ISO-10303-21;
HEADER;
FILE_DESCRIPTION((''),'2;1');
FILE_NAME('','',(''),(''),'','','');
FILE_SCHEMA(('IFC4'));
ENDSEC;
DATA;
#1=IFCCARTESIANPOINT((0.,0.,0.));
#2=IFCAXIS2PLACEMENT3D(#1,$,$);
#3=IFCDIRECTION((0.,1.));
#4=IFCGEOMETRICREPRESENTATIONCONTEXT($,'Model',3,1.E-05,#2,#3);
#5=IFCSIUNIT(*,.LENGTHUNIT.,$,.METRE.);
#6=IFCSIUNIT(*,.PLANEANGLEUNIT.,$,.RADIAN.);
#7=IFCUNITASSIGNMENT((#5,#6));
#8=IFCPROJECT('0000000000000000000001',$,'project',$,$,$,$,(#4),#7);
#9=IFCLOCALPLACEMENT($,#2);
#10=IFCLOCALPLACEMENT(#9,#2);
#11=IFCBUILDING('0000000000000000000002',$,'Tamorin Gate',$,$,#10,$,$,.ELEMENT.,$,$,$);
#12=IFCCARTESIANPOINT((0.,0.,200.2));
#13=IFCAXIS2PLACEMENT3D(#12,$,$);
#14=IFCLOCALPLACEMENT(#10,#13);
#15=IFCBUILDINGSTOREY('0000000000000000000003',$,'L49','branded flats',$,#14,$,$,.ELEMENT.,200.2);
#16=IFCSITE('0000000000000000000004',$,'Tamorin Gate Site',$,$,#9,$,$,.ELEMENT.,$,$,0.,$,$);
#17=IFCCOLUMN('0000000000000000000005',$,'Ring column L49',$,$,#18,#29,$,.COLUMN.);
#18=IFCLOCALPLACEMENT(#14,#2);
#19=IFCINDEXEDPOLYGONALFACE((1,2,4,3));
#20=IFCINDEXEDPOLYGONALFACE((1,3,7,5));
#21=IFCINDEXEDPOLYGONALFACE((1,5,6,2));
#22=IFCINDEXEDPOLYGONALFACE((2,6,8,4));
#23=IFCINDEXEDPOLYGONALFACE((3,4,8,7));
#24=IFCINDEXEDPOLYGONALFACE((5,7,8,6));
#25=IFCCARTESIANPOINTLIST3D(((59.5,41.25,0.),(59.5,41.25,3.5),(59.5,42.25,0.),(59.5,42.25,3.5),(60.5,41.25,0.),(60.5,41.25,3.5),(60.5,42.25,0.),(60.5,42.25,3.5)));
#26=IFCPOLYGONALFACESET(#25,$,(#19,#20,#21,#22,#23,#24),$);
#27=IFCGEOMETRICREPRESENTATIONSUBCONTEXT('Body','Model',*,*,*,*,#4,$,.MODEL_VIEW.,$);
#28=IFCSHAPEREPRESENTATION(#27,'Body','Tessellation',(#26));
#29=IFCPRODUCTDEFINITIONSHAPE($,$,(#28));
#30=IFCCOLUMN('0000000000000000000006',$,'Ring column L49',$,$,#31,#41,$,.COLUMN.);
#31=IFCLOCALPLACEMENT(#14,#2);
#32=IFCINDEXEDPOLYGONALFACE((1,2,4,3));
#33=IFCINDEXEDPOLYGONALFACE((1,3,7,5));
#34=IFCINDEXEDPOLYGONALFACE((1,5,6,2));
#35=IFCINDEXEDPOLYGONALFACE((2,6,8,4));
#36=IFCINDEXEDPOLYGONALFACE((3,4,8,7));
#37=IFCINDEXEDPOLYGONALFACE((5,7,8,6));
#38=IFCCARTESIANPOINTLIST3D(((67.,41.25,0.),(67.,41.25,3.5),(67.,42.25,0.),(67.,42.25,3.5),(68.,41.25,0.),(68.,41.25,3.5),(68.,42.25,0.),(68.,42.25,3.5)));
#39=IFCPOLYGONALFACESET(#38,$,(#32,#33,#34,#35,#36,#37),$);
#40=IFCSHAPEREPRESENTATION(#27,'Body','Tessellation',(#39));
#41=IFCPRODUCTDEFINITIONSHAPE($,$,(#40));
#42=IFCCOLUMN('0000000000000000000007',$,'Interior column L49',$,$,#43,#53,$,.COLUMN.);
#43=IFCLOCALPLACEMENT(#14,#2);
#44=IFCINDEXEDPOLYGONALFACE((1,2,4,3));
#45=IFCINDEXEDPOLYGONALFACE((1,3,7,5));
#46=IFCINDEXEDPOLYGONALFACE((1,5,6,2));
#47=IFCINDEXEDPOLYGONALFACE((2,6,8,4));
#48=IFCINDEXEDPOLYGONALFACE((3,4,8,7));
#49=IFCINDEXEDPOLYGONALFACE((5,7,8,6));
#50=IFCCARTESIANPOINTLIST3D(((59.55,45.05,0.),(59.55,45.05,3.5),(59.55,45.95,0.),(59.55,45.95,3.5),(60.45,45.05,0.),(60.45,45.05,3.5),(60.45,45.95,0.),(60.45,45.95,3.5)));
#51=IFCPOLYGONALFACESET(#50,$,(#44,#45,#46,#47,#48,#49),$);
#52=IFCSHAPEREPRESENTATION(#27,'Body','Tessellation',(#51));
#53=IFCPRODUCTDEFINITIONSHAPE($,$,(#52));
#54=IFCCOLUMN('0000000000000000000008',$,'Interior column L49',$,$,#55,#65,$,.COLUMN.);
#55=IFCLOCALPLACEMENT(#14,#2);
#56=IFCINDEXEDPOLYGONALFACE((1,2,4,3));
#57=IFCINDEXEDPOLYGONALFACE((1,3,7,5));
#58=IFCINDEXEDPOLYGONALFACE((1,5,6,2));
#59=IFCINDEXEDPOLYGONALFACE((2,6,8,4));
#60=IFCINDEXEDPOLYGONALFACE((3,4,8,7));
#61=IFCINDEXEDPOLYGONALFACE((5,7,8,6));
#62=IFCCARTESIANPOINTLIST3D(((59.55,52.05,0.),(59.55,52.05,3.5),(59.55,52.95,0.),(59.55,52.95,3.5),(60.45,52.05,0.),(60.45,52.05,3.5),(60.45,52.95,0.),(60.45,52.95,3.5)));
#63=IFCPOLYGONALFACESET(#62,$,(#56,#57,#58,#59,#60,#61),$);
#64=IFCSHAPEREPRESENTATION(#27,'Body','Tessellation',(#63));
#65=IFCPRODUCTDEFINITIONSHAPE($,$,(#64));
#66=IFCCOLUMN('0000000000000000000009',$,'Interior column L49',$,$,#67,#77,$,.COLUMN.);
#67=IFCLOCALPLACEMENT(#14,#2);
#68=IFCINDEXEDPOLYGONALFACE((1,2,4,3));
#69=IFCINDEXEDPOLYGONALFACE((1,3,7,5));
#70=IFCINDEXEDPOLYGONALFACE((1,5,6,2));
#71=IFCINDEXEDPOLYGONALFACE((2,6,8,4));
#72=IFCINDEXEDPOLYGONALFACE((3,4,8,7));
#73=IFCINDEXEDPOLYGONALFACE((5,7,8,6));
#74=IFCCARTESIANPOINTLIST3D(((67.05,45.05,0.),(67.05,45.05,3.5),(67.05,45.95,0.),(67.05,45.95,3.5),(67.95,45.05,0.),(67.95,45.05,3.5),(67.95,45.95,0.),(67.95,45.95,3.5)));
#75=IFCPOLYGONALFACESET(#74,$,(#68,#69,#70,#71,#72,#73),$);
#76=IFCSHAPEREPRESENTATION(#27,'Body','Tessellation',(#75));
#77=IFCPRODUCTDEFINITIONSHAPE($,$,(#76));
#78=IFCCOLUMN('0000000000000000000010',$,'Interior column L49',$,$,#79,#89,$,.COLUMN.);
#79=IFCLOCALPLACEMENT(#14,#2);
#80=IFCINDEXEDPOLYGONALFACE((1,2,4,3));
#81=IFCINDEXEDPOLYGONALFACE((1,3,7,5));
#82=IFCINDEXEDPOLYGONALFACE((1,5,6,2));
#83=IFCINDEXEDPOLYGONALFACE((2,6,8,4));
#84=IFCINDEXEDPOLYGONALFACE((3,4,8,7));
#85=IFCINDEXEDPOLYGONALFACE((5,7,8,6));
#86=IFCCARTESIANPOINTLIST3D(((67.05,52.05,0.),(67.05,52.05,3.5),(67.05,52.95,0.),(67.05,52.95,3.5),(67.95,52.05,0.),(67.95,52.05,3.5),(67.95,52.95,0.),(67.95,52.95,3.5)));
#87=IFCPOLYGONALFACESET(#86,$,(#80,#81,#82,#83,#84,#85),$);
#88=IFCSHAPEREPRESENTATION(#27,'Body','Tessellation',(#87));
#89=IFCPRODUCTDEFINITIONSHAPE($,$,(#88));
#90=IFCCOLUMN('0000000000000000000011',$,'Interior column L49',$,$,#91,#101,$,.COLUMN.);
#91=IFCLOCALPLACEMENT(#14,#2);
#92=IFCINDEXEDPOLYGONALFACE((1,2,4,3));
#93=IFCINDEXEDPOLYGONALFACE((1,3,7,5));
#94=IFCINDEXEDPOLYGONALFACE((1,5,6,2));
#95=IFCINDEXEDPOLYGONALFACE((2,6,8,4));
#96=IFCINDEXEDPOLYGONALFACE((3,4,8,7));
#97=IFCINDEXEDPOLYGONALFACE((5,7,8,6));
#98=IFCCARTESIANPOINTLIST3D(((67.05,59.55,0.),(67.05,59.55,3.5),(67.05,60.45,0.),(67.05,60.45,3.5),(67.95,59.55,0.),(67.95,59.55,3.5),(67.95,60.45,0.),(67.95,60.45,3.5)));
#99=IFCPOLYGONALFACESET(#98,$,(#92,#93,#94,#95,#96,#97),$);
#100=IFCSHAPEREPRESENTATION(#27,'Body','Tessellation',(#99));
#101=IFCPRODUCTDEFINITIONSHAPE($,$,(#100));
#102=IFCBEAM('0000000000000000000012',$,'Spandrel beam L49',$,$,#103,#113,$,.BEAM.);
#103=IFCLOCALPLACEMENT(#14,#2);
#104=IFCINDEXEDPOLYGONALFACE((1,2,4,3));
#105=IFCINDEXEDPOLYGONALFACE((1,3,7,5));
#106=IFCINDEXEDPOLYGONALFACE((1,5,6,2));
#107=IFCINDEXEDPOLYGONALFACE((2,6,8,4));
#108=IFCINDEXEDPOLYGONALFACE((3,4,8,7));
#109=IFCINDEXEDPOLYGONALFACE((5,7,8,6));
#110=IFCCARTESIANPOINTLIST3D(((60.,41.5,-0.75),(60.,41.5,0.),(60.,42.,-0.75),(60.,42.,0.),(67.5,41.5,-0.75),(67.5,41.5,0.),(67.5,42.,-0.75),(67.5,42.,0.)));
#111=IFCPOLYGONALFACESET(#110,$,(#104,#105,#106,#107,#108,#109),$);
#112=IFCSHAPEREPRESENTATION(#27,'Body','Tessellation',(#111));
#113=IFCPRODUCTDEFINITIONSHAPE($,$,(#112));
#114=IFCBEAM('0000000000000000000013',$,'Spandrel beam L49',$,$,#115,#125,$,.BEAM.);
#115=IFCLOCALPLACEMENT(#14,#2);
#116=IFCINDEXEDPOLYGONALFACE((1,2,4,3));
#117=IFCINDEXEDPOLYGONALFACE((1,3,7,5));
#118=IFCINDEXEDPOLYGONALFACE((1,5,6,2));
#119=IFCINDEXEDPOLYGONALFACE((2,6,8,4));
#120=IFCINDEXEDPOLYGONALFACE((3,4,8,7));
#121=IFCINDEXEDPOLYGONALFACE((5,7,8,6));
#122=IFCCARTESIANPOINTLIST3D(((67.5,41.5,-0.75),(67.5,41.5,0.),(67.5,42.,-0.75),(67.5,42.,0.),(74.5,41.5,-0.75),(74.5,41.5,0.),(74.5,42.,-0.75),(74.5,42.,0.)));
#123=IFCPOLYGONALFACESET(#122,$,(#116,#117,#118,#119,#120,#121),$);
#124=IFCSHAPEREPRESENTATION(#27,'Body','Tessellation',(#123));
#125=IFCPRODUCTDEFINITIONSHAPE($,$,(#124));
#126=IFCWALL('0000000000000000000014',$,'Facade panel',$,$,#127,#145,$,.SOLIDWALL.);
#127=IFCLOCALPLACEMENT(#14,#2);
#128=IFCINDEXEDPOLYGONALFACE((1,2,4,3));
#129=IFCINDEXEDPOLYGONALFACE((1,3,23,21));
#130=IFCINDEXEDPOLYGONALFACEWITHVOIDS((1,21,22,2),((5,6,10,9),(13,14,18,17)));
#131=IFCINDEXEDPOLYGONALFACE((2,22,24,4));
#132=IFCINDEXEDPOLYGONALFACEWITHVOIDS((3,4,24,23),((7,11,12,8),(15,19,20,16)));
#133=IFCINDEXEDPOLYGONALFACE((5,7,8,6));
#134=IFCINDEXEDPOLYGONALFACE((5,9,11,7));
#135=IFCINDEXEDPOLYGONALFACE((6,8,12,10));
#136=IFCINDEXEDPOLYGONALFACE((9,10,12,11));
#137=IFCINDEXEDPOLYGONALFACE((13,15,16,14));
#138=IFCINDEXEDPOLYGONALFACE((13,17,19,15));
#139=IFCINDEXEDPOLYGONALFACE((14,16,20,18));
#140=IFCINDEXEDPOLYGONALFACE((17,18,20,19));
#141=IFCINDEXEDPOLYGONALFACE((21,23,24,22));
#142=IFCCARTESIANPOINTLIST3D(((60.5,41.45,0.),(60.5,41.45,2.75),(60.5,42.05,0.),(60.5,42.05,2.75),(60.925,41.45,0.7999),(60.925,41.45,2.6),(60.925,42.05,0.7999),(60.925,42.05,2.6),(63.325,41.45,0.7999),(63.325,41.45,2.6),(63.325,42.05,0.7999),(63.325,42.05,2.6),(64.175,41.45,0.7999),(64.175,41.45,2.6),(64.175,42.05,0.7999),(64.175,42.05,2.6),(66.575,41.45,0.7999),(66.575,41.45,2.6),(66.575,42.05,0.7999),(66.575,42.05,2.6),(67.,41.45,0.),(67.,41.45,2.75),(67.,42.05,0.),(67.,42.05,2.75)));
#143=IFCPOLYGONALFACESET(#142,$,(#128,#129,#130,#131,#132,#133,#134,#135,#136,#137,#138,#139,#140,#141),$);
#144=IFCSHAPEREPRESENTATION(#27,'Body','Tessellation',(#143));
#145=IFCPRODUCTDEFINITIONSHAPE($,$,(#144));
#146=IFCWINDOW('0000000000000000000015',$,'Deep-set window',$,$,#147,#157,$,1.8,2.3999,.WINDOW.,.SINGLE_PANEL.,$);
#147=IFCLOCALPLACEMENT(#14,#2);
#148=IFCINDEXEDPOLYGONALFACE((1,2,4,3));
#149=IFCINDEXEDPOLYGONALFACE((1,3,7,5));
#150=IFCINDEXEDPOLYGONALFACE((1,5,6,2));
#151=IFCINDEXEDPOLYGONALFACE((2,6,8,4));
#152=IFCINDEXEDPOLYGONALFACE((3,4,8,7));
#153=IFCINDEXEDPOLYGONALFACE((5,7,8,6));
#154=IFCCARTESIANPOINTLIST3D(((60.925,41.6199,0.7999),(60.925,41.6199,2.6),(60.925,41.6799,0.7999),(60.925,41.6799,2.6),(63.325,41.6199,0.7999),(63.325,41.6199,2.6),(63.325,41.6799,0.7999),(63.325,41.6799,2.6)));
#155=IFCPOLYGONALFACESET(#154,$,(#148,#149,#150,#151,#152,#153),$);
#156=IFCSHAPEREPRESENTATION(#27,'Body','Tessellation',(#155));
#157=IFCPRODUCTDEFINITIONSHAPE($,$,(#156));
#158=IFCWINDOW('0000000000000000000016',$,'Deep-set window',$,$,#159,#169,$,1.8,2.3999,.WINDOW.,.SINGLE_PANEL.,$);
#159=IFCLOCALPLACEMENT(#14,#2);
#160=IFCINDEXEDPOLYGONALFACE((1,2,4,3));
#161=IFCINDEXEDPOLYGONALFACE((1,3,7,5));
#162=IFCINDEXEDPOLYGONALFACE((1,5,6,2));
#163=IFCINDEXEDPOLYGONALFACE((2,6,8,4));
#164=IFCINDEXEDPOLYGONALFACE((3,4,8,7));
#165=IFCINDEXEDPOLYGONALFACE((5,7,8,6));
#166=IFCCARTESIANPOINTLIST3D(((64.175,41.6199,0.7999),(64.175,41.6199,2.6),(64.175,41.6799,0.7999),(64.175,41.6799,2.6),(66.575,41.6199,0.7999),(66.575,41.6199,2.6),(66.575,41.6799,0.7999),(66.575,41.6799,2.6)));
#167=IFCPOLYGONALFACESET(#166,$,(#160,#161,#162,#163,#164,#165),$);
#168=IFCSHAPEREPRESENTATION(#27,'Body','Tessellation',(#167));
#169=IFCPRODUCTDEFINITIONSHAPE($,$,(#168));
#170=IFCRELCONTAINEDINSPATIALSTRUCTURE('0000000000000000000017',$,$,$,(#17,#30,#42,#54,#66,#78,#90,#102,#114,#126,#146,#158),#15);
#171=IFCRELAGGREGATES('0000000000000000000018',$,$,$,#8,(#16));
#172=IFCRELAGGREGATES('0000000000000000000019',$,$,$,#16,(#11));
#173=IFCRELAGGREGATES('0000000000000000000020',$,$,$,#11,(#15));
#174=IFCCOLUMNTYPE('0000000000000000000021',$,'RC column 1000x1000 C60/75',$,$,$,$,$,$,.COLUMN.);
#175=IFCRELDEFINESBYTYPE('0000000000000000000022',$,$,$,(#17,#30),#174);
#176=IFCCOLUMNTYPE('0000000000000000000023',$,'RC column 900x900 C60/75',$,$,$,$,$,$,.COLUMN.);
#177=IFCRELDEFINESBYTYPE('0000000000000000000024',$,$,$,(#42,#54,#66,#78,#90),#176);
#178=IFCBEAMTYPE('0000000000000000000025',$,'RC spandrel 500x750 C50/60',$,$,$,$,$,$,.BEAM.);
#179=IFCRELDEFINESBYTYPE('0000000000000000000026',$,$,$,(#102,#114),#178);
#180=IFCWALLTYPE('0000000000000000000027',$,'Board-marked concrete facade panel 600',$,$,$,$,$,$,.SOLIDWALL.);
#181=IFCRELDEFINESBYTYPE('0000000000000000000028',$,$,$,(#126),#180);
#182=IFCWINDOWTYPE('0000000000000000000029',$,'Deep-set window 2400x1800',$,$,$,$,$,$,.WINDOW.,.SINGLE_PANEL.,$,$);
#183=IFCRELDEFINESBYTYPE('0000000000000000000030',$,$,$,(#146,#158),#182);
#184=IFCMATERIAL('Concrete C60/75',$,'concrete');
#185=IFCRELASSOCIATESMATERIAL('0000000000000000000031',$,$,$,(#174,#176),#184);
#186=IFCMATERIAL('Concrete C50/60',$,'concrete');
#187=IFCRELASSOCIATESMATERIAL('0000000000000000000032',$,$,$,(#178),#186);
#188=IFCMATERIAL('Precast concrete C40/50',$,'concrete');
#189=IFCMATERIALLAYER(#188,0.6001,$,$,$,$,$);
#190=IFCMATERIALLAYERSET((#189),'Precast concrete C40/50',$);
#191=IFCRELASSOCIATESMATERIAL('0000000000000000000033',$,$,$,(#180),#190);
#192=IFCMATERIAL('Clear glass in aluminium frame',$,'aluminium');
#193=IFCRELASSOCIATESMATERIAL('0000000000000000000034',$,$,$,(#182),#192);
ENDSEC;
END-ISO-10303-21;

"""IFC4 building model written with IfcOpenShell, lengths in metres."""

from ifc_helpers import new_model, si_unit, direction, frame, frame_2d, origin, origin_2d, place, context, subcontext, project, spatial, rectangle, extrude, material, layer, layer_set, material_profile, profile_set, type_object, element, fill, save


model = new_model("IFC4")

# Units and contexts
model_context = context("Model", 3, precision=1e-05, world=origin(), true_north=direction((0.0, 1.0)))
body_context = subcontext(model_context, "Body", "Model", "MODEL_VIEW")
ifc_project = project(units=[si_unit("LENGTHUNIT", "METRE"), si_unit("PLANEANGLEUNIT", "RADIAN")], contexts=[model_context])

# Site, building, storey
site_placement = place(None, origin())
site = spatial("IfcSite", under=ifc_project, at=site_placement, Name="Tamorin Gate Site", CompositionType="ELEMENT", RefElevation=0.0)
building_placement = place(site_placement, origin())
building = spatial("IfcBuilding", under=site, at=building_placement, Name="Tamorin Gate", CompositionType="ELEMENT")
storey_placement = place(building_placement, frame((0.0, 0.0, 200.2)))
storey = spatial("IfcBuildingStorey", under=building, at=storey_placement, Name="L49", Description="branded flats", CompositionType="ELEMENT", Elevation=200.2)

# Columns
ifc_material_1 = material(Name="Concrete C60/75", Category="concrete")
ifc_material_profile_1 = material_profile(ifc_material_1, rectangle(XDim=1.0, YDim=1.0, at=origin_2d()), Name="RC 1000x1000")
ifc_profile_set_1 = profile_set([ifc_material_profile_1], Name="Concrete C60/75")
column_type_1 = type_object("IfcColumnType", Name="RC column 1000x1000 C60/75", PredefinedType="COLUMN", material=ifc_profile_set_1)
for number, where, z_axis, x_axis, name in (
    (1, (60.0, 41.75, 0.0), (0.0, 0.0, 1.0), (1.0, 0.0, 0.0), "Ring column L49"),
    (2, (67.5, 41.75, 0.0), (0.0, 0.0, 1.0), (1.0, 0.0, 0.0), "Ring column L49"),
):
    element("IfcColumn", number, at=place(storey_placement, frame(where, z_axis=z_axis, x_axis=x_axis)), inside=storey, type_object=column_type_1, Name=name, PredefinedType="COLUMN", context=body_context, shape_type="SweptSolid", body=[
        extrude(rectangle(XDim=1.0, YDim=1.0, at=origin_2d()), origin(), (0.0, 0.0, 1.0), 3.5),
    ])
ifc_material_profile_2 = material_profile(ifc_material_1, rectangle(XDim=0.8999, YDim=0.8999, at=origin_2d()), Name="RC 900x900")
ifc_profile_set_2 = profile_set([ifc_material_profile_2], Name="Concrete C60/75")
column_type_2 = type_object("IfcColumnType", Name="RC column 900x900 C60/75", PredefinedType="COLUMN", material=ifc_profile_set_2)
for number, where, z_axis, x_axis, name in (
    (3, (60.0, 45.5, 0.0), (0.0, 0.0, 1.0), (1.0, 0.0, 0.0), "Interior column L49"),
    (4, (60.0, 52.5, 0.0), (0.0, 0.0, 1.0), (1.0, 0.0, 0.0), "Interior column L49"),
    (5, (67.5, 45.5, 0.0), (0.0, 0.0, 1.0), (1.0, 0.0, 0.0), "Interior column L49"),
    (6, (67.5, 52.5, 0.0), (0.0, 0.0, 1.0), (1.0, 0.0, 0.0), "Interior column L49"),
    (7, (67.5, 60.0, 0.0), (0.0, 0.0, 1.0), (1.0, 0.0, 0.0), "Interior column L49"),
):
    element("IfcColumn", number, at=place(storey_placement, frame(where, z_axis=z_axis, x_axis=x_axis)), inside=storey, type_object=column_type_2, Name=name, PredefinedType="COLUMN", context=body_context, shape_type="SweptSolid", body=[
        extrude(rectangle(XDim=0.8999, YDim=0.8999, at=origin_2d()), origin(), (0.0, 0.0, 1.0), 3.5),
    ])

# Beams
ifc_material_2 = material(Name="Concrete C50/60", Category="concrete")
ifc_material_profile_3 = material_profile(ifc_material_2, rectangle(XDim=0.5, YDim=0.75, at=origin_2d()), Name="RC 500x750")
ifc_profile_set_3 = profile_set([ifc_material_profile_3], Name="Concrete C50/60")
beam_type = type_object("IfcBeamType", Name="RC spandrel 500x750 C50/60", PredefinedType="BEAM", material=ifc_profile_set_3)
beam_1_placement = place(storey_placement, frame((60.0, 41.75, -0.375), z_axis=(1.0, 0.0, 0.0), x_axis=(0.0, 1.0, 0.0)))
element("IfcBeam", 8, at=beam_1_placement, inside=storey, type_object=beam_type, Name="Spandrel beam L49", PredefinedType="BEAM", context=body_context, shape_type="SweptSolid", body=[
    extrude(rectangle(XDim=0.5, YDim=0.75, at=origin_2d()), origin(), (0.0, 0.0, 1.0), 7.5),
])
beam_2_placement = place(storey_placement, frame((67.5, 41.75, -0.375), z_axis=(1.0, 0.0, 0.0), x_axis=(0.0, 1.0, 0.0)))
element("IfcBeam", 9, at=beam_2_placement, inside=storey, type_object=beam_type, Name="Spandrel beam L49", PredefinedType="BEAM", context=body_context, shape_type="SweptSolid", body=[
    extrude(rectangle(XDim=0.5, YDim=0.75, at=origin_2d()), origin(), (0.0, 0.0, 1.0), 7.0),
])

# Wall, openings, windows
ifc_material_3 = material(Name="Precast concrete C40/50", Category="concrete")
ifc_layer_1 = layer(ifc_material_3, 0.6001)
ifc_layer_set_1 = layer_set([ifc_layer_1], Name="Precast concrete C40/50")
wall_type_1 = type_object("IfcWallType", Name="Board-marked concrete facade panel 600", PredefinedType="SOLIDWALL", material=ifc_layer_set_1)
wall_1_placement = place(storey_placement, frame((60.5, 41.75, 0.0), z_axis=(0.0, 0.0, 1.0), x_axis=(1.0, 0.0, 0.0)))
wall_1 = element("IfcWall", 10, at=wall_1_placement, inside=storey, type_object=wall_type_1, Name="Facade panel", PredefinedType="SOLIDWALL", context=body_context, shape_type="SweptSolid", body=[
    extrude(rectangle(XDim=6.5, YDim=0.6001, at=frame_2d((3.25, 0.0))), origin(), (0.0, 0.0, 1.0), 2.75),
])
opening_1_placement = place(wall_1_placement, frame((0.425, 0.0, 0.8)))
opening_1 = element("IfcOpeningElement", 11, at=opening_1_placement, cuts=wall_1, PredefinedType="OPENING", context=body_context, shape_type="SweptSolid", body=[
    extrude(rectangle(XDim=2.3999, YDim=1.8, at=frame_2d((1.2, 0.8999))), frame((0.0, 0.3101, 0.0), z_axis=(0.0, -1.0, 0.0), x_axis=(1.0, 0.0, 0.0)), (0.0, 0.0, 1.0), 0.6201),
])
opening_2_placement = place(wall_1_placement, frame((3.675, 0.0, 0.8)))
opening_2 = element("IfcOpeningElement", 12, at=opening_2_placement, cuts=wall_1, PredefinedType="OPENING", context=body_context, shape_type="SweptSolid", body=[
    extrude(rectangle(XDim=2.3999, YDim=1.8, at=frame_2d((1.2, 0.8999))), frame((0.0, 0.3101, 0.0), z_axis=(0.0, -1.0, 0.0), x_axis=(1.0, 0.0, 0.0)), (0.0, 0.0, 1.0), 0.6201),
])
ifc_material_4 = material(Name="Clear glass in aluminium frame", Category="aluminium")
window_type = type_object("IfcWindowType", Name="Deep-set window 2400x1800", PartitioningType="SINGLE_PANEL", PredefinedType="WINDOW", material=ifc_material_4)
window_1_placement = place(opening_1_placement, origin())
window_1 = element("IfcWindow", 13, at=window_1_placement, inside=storey, type_object=window_type, Name="Deep-set window", OverallHeight=1.8, OverallWidth=2.3999, PartitioningType="SINGLE_PANEL", PredefinedType="WINDOW", context=body_context, shape_type="SweptSolid", body=[
    extrude(rectangle(XDim=2.3999, YDim=1.8, at=frame_2d((1.2, 0.8999))), frame((0.0, -0.0701, 0.0), z_axis=(0.0, -1.0, 0.0), x_axis=(1.0, 0.0, 0.0)), (0.0, 0.0, 1.0), 0.0601),
])
fill(opening_1, window_1)
window_2_placement = place(opening_2_placement, origin())
window_2 = element("IfcWindow", 14, at=window_2_placement, inside=storey, type_object=window_type, Name="Deep-set window", OverallHeight=1.8, OverallWidth=2.3999, PartitioningType="SINGLE_PANEL", PredefinedType="WINDOW", context=body_context, shape_type="SweptSolid", body=[
    extrude(rectangle(XDim=2.3999, YDim=1.8, at=frame_2d((1.2, 0.8999))), frame((0.0, -0.0701, 0.0), z_axis=(0.0, -1.0, 0.0), x_axis=(1.0, 0.0, 0.0)), (0.0, 0.0, 1.0), 0.0601),
])
fill(opening_2, window_2)

save(model, "model.ifc")
